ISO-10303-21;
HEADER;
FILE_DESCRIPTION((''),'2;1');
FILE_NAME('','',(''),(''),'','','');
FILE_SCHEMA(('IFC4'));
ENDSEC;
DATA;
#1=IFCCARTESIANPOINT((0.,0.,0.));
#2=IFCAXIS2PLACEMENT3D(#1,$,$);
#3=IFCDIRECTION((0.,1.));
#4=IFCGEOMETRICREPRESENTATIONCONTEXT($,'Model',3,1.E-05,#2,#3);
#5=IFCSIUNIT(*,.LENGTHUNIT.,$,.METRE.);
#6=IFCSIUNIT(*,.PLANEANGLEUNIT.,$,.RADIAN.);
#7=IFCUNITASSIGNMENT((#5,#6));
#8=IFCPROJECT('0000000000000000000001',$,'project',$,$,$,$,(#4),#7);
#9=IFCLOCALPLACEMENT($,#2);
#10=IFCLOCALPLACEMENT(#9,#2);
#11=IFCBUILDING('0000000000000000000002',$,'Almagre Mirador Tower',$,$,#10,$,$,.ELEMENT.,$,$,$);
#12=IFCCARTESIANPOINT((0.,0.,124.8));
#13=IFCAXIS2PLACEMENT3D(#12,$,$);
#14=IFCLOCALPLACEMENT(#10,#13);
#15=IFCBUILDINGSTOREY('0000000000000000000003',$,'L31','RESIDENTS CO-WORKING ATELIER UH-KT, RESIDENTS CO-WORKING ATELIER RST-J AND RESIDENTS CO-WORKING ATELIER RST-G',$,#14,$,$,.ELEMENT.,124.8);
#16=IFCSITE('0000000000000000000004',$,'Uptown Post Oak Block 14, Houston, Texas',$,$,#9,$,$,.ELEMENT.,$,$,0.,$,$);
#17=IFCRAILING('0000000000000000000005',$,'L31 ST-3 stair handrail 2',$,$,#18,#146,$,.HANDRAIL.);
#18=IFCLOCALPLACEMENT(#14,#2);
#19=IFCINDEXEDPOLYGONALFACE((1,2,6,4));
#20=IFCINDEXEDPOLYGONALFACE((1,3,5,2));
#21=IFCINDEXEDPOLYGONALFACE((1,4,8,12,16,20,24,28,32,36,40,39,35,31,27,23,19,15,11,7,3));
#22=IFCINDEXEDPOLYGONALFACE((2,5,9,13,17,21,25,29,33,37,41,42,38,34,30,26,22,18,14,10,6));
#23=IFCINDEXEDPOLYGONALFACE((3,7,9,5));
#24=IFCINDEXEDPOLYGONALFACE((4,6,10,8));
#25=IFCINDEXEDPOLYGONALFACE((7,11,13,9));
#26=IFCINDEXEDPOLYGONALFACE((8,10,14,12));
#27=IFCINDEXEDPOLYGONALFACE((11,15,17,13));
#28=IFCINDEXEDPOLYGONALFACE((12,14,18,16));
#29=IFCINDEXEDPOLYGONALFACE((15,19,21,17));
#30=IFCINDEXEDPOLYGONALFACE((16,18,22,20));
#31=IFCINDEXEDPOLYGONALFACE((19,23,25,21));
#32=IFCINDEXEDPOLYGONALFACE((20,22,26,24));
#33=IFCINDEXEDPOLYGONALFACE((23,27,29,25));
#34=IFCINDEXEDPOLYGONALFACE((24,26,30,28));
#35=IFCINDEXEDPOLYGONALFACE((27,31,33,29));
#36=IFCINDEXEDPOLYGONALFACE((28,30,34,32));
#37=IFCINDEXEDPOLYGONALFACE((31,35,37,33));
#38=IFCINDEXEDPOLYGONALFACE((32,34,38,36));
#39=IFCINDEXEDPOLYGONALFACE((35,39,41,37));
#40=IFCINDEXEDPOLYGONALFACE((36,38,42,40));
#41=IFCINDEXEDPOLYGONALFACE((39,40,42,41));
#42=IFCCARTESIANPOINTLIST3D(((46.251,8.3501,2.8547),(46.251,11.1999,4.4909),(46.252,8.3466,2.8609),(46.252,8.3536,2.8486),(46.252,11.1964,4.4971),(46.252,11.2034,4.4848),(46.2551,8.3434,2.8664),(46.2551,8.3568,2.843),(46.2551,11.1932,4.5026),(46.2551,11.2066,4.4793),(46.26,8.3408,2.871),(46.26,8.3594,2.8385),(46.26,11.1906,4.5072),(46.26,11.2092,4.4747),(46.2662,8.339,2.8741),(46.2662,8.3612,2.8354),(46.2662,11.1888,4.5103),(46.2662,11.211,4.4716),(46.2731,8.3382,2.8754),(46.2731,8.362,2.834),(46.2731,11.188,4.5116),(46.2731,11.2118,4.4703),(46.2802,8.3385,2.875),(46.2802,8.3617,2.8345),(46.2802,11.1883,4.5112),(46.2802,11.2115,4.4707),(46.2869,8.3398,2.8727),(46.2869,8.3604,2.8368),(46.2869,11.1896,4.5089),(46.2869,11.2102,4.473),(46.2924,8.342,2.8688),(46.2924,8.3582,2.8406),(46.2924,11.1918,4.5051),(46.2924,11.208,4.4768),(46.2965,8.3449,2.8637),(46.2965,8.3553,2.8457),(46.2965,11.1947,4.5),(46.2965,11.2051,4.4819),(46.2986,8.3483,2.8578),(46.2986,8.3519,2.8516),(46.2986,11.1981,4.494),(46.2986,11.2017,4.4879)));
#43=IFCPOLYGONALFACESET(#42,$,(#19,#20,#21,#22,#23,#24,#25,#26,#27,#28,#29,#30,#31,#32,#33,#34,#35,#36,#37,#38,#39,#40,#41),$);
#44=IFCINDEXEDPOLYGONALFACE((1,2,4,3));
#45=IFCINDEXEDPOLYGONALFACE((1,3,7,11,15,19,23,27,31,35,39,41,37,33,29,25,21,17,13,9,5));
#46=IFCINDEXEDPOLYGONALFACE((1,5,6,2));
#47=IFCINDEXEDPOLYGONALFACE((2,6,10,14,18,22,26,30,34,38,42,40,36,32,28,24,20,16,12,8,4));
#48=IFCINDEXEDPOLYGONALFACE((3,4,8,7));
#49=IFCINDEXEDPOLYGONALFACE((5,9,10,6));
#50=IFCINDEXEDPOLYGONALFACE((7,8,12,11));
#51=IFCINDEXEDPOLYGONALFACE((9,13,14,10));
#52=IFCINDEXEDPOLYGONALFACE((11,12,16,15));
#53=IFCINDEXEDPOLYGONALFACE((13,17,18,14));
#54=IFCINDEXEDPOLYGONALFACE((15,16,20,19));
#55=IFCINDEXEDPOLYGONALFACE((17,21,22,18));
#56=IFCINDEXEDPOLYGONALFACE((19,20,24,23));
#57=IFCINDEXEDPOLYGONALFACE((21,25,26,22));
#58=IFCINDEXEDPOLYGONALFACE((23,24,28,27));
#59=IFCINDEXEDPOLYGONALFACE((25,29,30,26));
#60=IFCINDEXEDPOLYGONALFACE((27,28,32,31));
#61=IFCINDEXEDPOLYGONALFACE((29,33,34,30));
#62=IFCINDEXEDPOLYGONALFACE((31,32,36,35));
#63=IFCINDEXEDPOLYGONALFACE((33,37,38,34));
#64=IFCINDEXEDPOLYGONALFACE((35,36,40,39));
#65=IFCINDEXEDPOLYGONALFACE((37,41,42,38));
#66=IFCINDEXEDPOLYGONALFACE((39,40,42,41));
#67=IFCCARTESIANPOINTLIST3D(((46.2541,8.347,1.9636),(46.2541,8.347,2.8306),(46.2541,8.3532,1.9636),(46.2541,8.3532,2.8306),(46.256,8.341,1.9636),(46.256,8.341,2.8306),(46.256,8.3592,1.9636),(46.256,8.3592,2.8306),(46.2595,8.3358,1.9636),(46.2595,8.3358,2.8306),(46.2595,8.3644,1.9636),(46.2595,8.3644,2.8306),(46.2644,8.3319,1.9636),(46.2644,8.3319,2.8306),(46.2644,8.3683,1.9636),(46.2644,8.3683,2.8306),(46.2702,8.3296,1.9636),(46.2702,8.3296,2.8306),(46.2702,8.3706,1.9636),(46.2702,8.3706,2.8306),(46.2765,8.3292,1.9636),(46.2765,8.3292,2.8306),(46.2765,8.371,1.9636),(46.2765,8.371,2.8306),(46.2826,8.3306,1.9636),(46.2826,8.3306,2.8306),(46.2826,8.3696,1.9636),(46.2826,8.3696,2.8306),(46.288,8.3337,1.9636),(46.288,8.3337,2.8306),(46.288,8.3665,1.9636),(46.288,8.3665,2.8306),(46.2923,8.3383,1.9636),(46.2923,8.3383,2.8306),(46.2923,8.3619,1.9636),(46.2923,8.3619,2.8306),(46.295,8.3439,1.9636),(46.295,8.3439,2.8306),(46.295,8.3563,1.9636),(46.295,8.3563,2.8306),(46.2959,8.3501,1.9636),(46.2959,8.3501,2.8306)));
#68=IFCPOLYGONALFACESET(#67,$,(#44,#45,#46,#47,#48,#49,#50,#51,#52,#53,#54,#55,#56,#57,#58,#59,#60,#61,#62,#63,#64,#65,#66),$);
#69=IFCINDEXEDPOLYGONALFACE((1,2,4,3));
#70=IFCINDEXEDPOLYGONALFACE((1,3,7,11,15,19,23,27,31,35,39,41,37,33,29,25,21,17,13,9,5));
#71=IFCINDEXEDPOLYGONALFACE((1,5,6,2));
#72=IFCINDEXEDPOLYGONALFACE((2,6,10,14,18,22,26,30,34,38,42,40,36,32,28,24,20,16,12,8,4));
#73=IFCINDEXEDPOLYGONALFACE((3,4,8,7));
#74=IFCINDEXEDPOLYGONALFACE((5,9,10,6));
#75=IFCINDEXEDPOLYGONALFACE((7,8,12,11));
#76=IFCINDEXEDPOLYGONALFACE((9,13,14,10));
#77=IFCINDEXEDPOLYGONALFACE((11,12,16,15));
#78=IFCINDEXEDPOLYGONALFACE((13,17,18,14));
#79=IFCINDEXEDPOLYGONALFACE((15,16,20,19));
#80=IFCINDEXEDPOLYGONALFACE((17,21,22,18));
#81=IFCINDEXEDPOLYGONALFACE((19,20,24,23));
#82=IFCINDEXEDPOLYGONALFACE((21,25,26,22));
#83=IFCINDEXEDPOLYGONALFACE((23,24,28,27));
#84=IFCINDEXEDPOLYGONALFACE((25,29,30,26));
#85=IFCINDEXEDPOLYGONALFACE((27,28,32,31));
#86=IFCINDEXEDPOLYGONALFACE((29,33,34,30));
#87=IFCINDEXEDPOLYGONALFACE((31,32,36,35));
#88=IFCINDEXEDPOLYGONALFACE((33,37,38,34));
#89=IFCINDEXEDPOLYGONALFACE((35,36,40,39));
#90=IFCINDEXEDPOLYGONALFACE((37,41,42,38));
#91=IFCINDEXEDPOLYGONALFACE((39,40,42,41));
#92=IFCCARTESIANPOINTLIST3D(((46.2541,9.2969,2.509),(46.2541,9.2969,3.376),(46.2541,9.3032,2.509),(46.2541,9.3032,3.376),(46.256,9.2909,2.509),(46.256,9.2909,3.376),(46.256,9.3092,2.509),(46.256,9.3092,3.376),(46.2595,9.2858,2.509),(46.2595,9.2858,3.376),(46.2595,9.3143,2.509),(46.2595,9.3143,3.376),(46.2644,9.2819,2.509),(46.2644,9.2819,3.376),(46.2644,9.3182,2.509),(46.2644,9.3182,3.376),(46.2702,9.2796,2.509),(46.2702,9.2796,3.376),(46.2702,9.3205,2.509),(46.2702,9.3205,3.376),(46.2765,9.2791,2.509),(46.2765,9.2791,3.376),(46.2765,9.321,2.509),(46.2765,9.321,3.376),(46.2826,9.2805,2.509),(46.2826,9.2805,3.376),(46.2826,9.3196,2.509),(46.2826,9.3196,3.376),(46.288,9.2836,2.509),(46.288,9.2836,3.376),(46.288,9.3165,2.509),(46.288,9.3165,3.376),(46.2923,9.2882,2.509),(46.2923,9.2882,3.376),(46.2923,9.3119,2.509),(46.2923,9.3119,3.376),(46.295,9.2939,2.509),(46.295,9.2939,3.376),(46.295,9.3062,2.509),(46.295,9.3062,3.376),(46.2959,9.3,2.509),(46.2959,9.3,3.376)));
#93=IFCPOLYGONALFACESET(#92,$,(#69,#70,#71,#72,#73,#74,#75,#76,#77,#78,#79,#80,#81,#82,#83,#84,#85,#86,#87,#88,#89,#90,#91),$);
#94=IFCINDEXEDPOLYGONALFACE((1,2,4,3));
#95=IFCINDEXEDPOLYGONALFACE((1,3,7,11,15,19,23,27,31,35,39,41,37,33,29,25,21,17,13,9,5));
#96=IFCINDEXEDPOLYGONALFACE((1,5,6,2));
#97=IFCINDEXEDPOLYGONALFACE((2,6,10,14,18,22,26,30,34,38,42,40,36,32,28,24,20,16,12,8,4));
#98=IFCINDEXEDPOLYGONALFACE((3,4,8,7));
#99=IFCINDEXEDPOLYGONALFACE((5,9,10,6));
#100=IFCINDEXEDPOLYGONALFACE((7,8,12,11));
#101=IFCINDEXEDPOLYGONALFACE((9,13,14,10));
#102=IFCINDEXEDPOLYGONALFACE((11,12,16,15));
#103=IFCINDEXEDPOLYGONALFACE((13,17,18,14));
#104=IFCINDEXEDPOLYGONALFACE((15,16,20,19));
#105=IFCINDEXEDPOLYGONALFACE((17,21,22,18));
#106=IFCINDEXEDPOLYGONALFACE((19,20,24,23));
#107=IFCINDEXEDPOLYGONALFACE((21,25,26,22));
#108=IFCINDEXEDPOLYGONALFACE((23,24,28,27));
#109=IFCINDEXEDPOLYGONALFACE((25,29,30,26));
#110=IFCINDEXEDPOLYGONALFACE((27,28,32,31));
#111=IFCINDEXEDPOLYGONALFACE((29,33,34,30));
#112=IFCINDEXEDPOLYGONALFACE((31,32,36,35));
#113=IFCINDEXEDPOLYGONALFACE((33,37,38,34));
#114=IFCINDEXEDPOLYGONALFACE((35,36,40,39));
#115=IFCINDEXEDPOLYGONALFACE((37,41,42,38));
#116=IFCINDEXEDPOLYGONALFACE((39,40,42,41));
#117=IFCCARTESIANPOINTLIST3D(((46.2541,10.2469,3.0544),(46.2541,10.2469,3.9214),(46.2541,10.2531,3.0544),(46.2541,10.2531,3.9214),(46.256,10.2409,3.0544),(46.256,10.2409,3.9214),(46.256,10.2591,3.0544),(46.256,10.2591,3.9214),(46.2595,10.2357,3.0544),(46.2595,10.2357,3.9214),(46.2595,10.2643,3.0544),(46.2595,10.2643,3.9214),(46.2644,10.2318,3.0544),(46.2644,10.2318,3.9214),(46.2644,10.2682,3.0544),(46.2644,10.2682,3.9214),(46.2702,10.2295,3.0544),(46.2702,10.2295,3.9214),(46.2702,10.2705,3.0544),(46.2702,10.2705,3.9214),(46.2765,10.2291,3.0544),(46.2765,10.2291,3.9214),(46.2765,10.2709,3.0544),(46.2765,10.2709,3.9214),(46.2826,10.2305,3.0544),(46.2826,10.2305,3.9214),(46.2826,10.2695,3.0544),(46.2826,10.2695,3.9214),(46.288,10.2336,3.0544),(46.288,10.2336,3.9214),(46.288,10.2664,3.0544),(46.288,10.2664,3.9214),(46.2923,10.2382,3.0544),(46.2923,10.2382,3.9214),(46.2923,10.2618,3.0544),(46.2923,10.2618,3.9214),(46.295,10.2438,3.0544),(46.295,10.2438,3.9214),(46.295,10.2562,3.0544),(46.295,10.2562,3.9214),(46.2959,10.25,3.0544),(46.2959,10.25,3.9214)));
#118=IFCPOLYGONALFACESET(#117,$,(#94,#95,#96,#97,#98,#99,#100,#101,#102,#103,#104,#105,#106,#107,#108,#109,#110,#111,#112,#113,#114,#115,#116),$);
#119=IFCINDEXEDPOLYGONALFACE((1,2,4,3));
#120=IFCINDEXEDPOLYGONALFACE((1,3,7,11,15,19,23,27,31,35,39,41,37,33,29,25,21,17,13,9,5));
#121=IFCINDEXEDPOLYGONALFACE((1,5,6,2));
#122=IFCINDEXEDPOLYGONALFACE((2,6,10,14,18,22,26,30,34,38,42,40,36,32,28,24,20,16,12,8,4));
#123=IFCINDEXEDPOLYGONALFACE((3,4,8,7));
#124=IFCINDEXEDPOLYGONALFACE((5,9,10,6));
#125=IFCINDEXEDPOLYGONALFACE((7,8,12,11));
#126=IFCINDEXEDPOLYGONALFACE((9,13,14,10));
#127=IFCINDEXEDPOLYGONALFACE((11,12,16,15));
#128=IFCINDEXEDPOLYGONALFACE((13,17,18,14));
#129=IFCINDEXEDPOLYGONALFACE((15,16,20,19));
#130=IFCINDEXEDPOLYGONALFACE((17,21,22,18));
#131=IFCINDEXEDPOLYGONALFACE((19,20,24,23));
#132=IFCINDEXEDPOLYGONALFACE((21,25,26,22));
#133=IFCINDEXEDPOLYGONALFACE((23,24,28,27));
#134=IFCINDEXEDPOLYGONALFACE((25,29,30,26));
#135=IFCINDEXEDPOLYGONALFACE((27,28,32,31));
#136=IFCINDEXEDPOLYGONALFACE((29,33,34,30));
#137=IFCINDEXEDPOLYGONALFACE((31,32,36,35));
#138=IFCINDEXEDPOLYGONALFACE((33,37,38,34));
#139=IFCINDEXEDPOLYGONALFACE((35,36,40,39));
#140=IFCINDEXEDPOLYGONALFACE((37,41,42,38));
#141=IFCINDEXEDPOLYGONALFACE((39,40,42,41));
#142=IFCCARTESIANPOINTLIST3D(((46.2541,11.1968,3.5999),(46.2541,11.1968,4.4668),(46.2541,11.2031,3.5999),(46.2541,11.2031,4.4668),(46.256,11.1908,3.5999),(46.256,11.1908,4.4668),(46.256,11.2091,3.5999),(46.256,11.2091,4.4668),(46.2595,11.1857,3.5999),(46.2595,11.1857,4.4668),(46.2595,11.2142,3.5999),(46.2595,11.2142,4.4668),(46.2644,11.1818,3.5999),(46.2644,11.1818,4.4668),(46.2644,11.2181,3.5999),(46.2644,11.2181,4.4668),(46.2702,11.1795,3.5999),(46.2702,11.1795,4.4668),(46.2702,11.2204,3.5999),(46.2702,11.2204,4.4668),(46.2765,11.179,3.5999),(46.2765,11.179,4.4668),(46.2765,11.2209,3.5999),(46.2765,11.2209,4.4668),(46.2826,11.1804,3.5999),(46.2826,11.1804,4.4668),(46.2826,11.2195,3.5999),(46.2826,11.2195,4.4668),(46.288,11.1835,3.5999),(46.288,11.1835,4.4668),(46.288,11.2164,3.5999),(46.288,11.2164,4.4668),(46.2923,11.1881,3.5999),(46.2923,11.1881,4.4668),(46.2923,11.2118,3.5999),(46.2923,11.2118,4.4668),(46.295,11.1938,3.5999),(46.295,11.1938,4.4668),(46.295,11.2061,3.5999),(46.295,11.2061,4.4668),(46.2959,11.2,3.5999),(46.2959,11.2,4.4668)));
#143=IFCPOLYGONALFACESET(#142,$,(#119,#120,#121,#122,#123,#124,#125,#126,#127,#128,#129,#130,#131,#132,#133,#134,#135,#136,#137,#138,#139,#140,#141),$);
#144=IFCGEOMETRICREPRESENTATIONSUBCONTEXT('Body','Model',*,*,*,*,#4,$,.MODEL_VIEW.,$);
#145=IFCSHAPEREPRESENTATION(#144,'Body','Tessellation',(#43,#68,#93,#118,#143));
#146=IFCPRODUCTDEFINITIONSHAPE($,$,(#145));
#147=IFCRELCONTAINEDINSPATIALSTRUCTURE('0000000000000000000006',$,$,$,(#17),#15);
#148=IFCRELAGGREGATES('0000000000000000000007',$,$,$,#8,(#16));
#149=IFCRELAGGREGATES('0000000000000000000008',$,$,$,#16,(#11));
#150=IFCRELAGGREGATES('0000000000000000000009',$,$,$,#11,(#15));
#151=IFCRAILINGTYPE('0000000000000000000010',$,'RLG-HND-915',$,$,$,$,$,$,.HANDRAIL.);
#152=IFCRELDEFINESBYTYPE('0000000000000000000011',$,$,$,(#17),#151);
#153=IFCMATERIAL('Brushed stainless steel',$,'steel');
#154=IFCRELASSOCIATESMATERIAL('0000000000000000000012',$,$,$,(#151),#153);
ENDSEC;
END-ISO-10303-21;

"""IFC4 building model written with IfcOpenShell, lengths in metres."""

from ifc_helpers import new_model, si_unit, direction, frame, origin, origin_2d, place, context, subcontext, project, spatial, circle, extrude, material, type_object, element, save


model = new_model("IFC4")

# Units and contexts
model_context = context("Model", 3, precision=1e-05, world=origin(), true_north=direction((0.0, 1.0)))
body_context = subcontext(model_context, "Body", "Model", "MODEL_VIEW")
ifc_project = project(units=[si_unit("LENGTHUNIT", "METRE"), si_unit("PLANEANGLEUNIT", "RADIAN")], contexts=[model_context])

# Site, building, storey
site_placement = place(None, origin())
site = spatial("IfcSite", under=ifc_project, at=site_placement, Name="Uptown Post Oak Block 14, Houston, Texas", CompositionType="ELEMENT", RefElevation=0.0)
building_placement = place(site_placement, origin())
building = spatial("IfcBuilding", under=site, at=building_placement, Name="Almagre Mirador Tower", CompositionType="ELEMENT")
storey_placement = place(building_placement, frame((0.0, 0.0, 124.8)))
storey = spatial("IfcBuildingStorey", under=building, at=storey_placement, Name="L31", Description="RESIDENTS CO-WORKING ATELIER UH-KT, RESIDENTS CO-WORKING ATELIER RST-J AND RESIDENTS CO-WORKING ATELIER RST-G", CompositionType="ELEMENT", Elevation=124.8)

# Railing
ifc_material_1 = material(Name="Brushed stainless steel", Category="steel")
railing_type_1 = type_object("IfcRailingType", Name="RLG-HND-915", PredefinedType="HANDRAIL", material=ifc_material_1)
railing_1_placement = place(storey_placement, frame((46.2749, 8.3501, 1.9636)))
element("IfcRailing", 1, at=railing_1_placement, inside=storey, type_object=railing_type_1, Name="L31 ST-3 stair handrail 2", PredefinedType="HANDRAIL", context=body_context, shape_type="SweptSolid", body=[
    extrude(circle(Radius=0.0239, at=origin_2d()), frame((0.0, 0.0, 0.8911), z_axis=(0.0, 0.867226, 0.497914), x_axis=(-1.0, 0.0, 0.0)), (0.0, 0.0, 1.0), 3.2861),
    extrude(circle(Radius=0.021, at=origin_2d()), origin(), (0.0, 0.0, 1.0), 0.8669),
    extrude(circle(Radius=0.021, at=origin_2d()), frame((0.0, 0.95, 0.5454)), (0.0, 0.0, 1.0), 0.8669),
    extrude(circle(Radius=0.021, at=origin_2d()), frame((0.0, 1.8999, 1.0908)), (0.0, 0.0, 1.0), 0.8669),
    extrude(circle(Radius=0.021, at=origin_2d()), frame((0.0, 2.8499, 1.6362)), (0.0, 0.0, 1.0), 0.8669),
])

save(model, "model.ifc")
